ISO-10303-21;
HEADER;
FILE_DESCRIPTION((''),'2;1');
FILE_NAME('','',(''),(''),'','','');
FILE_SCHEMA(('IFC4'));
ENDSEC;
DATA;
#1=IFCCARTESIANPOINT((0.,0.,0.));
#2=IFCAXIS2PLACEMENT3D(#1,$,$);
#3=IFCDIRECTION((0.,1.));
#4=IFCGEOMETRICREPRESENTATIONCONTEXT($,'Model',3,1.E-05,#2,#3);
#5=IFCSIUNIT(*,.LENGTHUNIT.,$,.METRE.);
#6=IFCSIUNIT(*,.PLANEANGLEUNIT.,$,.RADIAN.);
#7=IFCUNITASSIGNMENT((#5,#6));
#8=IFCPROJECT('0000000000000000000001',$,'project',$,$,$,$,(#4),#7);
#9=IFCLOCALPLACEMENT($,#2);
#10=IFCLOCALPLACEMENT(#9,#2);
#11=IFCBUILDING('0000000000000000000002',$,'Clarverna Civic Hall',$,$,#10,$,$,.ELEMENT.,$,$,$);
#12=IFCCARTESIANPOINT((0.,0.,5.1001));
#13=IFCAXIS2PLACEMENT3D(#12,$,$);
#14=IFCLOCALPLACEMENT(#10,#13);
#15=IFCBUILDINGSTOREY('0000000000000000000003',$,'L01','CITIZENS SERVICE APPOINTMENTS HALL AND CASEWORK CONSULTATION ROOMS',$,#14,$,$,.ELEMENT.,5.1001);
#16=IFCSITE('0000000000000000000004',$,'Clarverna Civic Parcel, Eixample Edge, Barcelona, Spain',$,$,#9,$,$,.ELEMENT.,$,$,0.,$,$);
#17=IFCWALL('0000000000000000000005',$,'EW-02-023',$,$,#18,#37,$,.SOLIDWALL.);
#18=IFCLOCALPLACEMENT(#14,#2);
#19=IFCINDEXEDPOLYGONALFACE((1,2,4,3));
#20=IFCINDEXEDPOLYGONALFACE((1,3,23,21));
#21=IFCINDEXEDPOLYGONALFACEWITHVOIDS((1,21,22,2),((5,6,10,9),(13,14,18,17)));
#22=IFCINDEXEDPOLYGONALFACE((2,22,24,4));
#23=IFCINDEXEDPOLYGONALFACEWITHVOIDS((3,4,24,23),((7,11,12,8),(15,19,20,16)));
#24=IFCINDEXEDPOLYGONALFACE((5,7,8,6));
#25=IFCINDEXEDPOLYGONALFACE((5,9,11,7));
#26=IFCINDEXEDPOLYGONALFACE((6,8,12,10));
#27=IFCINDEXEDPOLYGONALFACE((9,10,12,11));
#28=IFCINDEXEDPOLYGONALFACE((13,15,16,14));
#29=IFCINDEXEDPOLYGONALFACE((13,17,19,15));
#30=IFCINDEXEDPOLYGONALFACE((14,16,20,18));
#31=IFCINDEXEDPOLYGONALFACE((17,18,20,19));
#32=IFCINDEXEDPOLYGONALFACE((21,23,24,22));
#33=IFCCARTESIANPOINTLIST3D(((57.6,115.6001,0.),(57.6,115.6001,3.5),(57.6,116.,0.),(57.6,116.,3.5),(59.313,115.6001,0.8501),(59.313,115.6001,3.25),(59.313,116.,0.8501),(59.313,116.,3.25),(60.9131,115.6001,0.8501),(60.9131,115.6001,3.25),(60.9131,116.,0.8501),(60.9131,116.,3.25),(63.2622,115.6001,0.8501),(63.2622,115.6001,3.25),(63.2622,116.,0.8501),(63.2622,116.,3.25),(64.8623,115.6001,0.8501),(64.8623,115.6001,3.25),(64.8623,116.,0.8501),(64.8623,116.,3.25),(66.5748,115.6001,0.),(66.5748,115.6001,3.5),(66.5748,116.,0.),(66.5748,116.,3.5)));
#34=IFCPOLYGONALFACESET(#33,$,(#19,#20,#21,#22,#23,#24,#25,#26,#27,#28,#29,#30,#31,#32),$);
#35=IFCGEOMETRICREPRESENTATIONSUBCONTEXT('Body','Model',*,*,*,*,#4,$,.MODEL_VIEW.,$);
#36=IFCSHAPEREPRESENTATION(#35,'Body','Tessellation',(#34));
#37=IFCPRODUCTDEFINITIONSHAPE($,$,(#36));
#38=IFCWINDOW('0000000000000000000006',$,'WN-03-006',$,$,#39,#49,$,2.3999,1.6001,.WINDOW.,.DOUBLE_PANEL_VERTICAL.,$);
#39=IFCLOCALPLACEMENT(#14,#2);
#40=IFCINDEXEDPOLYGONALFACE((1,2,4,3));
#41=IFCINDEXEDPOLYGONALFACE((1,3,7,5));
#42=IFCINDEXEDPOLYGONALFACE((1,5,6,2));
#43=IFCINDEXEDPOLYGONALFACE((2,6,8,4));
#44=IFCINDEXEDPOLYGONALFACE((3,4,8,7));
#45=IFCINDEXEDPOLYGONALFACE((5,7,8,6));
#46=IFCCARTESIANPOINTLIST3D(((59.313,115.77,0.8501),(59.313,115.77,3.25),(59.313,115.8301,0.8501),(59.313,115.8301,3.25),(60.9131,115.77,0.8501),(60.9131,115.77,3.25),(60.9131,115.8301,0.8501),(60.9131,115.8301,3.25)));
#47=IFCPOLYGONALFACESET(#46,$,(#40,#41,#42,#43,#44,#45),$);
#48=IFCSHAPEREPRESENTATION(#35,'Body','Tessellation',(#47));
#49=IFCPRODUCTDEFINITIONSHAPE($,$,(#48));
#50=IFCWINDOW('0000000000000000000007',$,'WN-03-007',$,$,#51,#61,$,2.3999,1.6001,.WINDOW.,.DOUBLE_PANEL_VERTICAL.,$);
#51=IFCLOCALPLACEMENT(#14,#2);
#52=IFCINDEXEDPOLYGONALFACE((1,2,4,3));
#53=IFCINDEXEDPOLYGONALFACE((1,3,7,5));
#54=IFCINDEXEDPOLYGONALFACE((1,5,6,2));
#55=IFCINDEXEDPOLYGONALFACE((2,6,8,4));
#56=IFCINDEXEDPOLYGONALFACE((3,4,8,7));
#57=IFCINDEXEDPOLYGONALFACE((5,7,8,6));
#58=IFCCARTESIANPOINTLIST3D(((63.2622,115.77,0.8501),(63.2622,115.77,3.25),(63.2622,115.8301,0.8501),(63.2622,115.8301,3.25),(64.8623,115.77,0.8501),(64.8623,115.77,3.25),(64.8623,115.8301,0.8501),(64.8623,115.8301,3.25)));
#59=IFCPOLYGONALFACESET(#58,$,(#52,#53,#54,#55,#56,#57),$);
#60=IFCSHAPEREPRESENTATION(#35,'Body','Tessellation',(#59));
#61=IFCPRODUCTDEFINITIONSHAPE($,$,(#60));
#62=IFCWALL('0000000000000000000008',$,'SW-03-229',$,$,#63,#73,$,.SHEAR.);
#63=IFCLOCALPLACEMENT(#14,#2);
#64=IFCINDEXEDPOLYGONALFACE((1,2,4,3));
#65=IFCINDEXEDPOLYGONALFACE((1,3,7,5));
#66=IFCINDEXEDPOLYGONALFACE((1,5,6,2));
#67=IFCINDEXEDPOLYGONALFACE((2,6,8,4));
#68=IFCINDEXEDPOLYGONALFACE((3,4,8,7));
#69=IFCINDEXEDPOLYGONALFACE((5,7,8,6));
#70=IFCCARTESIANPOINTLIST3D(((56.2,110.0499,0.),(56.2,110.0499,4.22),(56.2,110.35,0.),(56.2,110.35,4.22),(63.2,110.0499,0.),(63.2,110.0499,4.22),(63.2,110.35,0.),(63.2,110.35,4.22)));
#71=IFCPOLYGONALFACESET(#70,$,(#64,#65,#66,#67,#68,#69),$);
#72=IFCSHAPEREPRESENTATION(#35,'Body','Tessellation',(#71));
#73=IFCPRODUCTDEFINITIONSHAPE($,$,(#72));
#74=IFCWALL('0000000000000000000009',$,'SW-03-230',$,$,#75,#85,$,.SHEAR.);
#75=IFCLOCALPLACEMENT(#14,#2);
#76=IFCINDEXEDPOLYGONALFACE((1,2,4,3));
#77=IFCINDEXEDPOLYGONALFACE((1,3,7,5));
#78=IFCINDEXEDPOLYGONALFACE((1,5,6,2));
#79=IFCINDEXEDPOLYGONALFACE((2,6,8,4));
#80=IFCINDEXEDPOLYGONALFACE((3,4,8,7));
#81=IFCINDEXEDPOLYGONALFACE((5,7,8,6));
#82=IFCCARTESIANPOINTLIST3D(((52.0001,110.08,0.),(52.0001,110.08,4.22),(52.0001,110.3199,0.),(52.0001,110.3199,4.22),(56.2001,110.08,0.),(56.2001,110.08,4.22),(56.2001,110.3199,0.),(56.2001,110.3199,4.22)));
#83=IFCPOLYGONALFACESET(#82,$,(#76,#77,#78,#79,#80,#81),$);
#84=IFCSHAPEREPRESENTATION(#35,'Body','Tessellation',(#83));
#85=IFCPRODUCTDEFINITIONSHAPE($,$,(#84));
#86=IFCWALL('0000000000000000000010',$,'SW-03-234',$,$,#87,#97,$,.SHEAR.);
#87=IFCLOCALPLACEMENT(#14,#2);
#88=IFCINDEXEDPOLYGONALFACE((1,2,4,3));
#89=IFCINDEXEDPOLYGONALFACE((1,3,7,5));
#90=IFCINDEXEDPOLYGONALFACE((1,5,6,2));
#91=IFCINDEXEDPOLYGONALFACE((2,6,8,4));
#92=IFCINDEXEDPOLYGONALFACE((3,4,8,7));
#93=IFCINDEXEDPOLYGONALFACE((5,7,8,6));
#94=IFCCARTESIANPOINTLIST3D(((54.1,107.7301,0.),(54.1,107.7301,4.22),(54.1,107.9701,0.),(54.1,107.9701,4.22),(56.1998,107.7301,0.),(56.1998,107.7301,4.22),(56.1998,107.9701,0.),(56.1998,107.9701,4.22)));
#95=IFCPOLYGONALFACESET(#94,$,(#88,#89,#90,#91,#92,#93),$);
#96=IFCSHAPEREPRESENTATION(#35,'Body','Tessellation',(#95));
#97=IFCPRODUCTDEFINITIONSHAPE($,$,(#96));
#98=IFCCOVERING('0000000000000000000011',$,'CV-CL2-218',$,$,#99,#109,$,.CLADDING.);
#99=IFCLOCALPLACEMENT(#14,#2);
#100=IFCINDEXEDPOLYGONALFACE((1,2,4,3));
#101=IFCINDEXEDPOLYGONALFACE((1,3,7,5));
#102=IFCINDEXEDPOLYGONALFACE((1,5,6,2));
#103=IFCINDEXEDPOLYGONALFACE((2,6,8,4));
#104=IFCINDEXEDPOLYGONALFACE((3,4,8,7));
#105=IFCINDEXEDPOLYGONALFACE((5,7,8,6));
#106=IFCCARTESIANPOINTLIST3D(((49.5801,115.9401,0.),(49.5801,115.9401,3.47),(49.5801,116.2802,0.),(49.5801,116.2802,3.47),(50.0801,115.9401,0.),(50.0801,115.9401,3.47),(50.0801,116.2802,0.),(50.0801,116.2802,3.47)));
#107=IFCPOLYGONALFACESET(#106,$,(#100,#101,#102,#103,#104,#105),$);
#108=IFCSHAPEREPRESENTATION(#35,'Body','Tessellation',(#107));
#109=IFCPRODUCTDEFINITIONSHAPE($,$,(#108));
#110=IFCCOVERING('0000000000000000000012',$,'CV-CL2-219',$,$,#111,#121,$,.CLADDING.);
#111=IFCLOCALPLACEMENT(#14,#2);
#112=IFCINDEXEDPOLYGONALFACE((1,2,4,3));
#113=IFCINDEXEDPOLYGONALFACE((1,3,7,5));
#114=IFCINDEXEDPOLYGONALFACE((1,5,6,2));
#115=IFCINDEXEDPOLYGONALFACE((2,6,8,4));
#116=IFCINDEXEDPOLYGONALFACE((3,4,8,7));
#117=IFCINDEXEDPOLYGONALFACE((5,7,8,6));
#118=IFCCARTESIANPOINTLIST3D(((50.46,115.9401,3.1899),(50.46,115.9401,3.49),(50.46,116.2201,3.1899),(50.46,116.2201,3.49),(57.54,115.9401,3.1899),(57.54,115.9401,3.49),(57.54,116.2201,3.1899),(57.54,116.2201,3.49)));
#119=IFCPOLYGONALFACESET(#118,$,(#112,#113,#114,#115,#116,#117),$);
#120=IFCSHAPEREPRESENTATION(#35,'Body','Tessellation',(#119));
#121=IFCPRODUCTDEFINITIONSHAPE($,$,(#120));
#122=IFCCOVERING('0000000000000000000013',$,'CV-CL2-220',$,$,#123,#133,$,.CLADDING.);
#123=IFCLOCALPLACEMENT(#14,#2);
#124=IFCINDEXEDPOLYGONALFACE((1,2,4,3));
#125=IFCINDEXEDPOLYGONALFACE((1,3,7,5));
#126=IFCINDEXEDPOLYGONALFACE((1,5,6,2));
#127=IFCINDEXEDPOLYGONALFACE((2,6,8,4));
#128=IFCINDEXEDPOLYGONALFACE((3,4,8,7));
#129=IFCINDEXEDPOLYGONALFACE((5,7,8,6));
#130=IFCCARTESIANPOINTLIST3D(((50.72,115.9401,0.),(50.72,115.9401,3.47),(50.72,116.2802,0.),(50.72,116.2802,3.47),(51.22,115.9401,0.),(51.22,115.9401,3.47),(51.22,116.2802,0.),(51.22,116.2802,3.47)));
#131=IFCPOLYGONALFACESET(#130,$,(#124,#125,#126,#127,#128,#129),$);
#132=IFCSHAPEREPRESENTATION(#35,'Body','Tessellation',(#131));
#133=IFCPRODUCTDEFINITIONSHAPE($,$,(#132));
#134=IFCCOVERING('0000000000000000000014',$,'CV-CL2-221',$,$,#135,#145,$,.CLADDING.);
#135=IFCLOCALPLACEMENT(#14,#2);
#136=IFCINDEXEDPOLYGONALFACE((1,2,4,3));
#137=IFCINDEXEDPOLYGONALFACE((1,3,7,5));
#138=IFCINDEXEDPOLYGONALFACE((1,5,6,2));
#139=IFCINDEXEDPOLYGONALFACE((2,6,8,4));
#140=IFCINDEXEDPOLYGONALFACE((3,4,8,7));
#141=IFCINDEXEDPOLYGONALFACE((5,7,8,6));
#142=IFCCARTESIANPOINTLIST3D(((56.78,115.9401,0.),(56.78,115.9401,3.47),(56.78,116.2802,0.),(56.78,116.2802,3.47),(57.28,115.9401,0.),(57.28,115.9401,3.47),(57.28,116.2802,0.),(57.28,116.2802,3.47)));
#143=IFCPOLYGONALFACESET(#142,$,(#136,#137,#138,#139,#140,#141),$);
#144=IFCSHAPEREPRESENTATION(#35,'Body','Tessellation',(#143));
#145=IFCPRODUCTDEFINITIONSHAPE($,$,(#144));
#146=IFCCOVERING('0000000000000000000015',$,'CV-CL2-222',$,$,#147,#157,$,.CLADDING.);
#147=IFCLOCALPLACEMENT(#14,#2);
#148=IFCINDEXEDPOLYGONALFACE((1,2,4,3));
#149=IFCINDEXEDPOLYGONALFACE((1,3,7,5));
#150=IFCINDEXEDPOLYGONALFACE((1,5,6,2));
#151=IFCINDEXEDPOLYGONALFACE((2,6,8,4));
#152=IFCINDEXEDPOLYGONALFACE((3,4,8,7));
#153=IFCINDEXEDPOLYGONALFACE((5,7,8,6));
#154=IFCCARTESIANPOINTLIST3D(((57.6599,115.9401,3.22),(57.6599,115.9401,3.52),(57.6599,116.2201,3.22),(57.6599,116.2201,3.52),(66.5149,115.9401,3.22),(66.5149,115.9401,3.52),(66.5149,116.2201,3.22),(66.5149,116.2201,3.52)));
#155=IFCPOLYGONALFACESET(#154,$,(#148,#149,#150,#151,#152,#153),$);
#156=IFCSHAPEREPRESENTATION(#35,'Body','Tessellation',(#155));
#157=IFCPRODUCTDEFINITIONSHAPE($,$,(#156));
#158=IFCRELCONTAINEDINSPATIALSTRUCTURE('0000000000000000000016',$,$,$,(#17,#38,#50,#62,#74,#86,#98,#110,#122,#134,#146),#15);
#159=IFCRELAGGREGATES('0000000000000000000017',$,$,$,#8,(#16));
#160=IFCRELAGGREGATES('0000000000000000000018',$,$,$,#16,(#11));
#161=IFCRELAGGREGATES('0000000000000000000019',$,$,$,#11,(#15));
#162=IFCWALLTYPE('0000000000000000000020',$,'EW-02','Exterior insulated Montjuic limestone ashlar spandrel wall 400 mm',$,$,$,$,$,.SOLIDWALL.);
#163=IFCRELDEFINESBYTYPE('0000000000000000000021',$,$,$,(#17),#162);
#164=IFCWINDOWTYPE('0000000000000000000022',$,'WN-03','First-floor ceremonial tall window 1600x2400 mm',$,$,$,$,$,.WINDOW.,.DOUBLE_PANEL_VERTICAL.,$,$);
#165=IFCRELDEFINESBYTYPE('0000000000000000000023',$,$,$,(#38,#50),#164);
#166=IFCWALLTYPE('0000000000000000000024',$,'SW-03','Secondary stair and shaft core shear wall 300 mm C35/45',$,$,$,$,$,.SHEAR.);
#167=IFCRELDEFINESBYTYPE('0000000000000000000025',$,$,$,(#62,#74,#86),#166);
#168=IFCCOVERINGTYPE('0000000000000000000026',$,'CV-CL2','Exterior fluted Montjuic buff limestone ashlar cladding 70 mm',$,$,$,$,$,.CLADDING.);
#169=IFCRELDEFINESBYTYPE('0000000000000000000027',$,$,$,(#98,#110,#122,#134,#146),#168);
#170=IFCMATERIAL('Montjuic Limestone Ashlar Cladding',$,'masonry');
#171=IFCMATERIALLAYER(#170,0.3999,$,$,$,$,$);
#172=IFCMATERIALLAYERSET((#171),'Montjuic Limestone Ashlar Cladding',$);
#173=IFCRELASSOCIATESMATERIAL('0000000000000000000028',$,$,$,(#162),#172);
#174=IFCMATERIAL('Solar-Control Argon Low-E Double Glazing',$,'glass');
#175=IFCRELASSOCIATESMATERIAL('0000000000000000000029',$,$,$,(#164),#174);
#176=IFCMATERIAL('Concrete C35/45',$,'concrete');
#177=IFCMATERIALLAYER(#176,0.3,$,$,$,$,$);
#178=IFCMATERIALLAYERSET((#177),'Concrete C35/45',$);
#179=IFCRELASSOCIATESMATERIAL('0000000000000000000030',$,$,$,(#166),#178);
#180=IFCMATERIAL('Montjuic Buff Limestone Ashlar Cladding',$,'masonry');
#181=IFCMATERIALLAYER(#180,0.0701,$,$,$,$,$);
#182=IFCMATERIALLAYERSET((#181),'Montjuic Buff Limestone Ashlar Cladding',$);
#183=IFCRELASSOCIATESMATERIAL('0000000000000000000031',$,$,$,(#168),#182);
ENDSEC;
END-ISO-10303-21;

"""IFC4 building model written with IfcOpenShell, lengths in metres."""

from ifc_helpers import new_model, si_unit, direction, frame, frame_2d, origin, place, context, subcontext, project, spatial, rectangle, extrude, material, layer, layer_set, type_object, element, fill, save


model = new_model("IFC4")

# Units and contexts
model_context = context("Model", 3, precision=1e-05, world=origin(), true_north=direction((0.0, 1.0)))
body_context = subcontext(model_context, "Body", "Model", "MODEL_VIEW")
ifc_project = project(units=[si_unit("LENGTHUNIT", "METRE"), si_unit("PLANEANGLEUNIT", "RADIAN")], contexts=[model_context])

# Site, building, storey
site_placement = place(None, origin())
site = spatial("IfcSite", under=ifc_project, at=site_placement, Name="Clarverna Civic Parcel, Eixample Edge, Barcelona, Spain", CompositionType="ELEMENT", RefElevation=0.0)
building_placement = place(site_placement, origin())
building = spatial("IfcBuilding", under=site, at=building_placement, Name="Clarverna Civic Hall", CompositionType="ELEMENT")
storey_placement = place(building_placement, frame((0.0, 0.0, 5.1001)))
storey = spatial("IfcBuildingStorey", under=building, at=storey_placement, Name="L01", Description="CITIZENS SERVICE APPOINTMENTS HALL AND CASEWORK CONSULTATION ROOMS", CompositionType="ELEMENT", Elevation=5.1001)

# Shared definitions
ifc_material_1 = material(Name="Concrete C35/45", Category="concrete")

# Wall, openings, windows
ifc_material_2 = material(Name="Montjuic Limestone Ashlar Cladding", Category="masonry")
ifc_layer_1 = layer(ifc_material_2, 0.3999)
ifc_layer_set_1 = layer_set([ifc_layer_1], Name="Montjuic Limestone Ashlar Cladding")
wall_type_1 = type_object("IfcWallType", Name="EW-02", Description="Exterior insulated Montjuic limestone ashlar spandrel wall 400 mm", PredefinedType="SOLIDWALL", material=ifc_layer_set_1)
ifc_material_3 = material(Name="Solar-Control Argon Low-E Double Glazing", Category="glass")
wall_1_placement = place(storey_placement, frame((57.6001, 115.8, 0.0), z_axis=(0.0, 0.0, 1.0), x_axis=(1.0, 0.0, 0.0)))
wall_1 = element("IfcWall", 1, at=wall_1_placement, inside=storey, type_object=wall_type_1, Name="EW-02-023", PredefinedType="SOLIDWALL", context=body_context, shape_type="SweptSolid", body=[
    extrude(rectangle(XDim=8.9749, YDim=0.3999, at=frame_2d((4.4873, 0.0))), origin(), (0.0, 0.0, 1.0), 3.5),
])
opening_1_placement = place(wall_1_placement, frame((1.7129, 0.0, 0.8501)))
opening_1 = element("IfcOpeningElement", 2, at=opening_1_placement, cuts=wall_1, PredefinedType="OPENING", context=body_context, shape_type="SweptSolid", body=[
    extrude(rectangle(XDim=1.6001, YDim=2.3999, at=frame_2d((0.8, 1.2))), frame((0.0, 0.21, 0.0), z_axis=(0.0, -1.0, 0.0), x_axis=(1.0, 0.0, 0.0)), (0.0, 0.0, 1.0), 0.4199),
])
opening_2_placement = place(wall_1_placement, frame((5.6621, 0.0, 0.8501)))
opening_2 = element("IfcOpeningElement", 3, at=opening_2_placement, cuts=wall_1, PredefinedType="OPENING", context=body_context, shape_type="SweptSolid", body=[
    extrude(rectangle(XDim=1.6001, YDim=2.3999, at=frame_2d((0.8, 1.2))), frame((0.0, 0.21, 0.0), z_axis=(0.0, -1.0, 0.0), x_axis=(1.0, 0.0, 0.0)), (0.0, 0.0, 1.0), 0.4199),
])
window_type_1 = type_object("IfcWindowType", Name="WN-03", Description="First-floor ceremonial tall window 1600x2400 mm", PartitioningType="DOUBLE_PANEL_VERTICAL", PredefinedType="WINDOW", material=ifc_material_3)
window_1_placement = place(opening_1_placement, origin())
window_1 = element("IfcWindow", 4, at=window_1_placement, inside=storey, type_object=window_type_1, Name="WN-03-006", OverallHeight=2.3999, OverallWidth=1.6001, PartitioningType="DOUBLE_PANEL_VERTICAL", PredefinedType="WINDOW", context=body_context, shape_type="SweptSolid", body=[
    extrude(rectangle(XDim=1.6001, YDim=2.3999, at=frame_2d((0.8, 1.2))), frame((0.0, 0.03, 0.0), z_axis=(0.0, -1.0, 0.0), x_axis=(1.0, 0.0, 0.0)), (0.0, 0.0, 1.0), 0.0601),
])
fill(opening_1, window_1)
window_2_placement = place(opening_2_placement, origin())
window_2 = element("IfcWindow", 5, at=window_2_placement, inside=storey, type_object=window_type_1, Name="WN-03-007", OverallHeight=2.3999, OverallWidth=1.6001, PartitioningType="DOUBLE_PANEL_VERTICAL", PredefinedType="WINDOW", context=body_context, shape_type="SweptSolid", body=[
    extrude(rectangle(XDim=1.6001, YDim=2.3999, at=frame_2d((0.8, 1.2))), frame((0.0, 0.03, 0.0), z_axis=(0.0, -1.0, 0.0), x_axis=(1.0, 0.0, 0.0)), (0.0, 0.0, 1.0), 0.0601),
])
fill(opening_2, window_2)

# Walls
ifc_layer_2 = layer(ifc_material_1, 0.3)
ifc_layer_set_2 = layer_set([ifc_layer_2], Name="Concrete C35/45")
wall_type_2 = type_object("IfcWallType", Name="SW-03", Description="Secondary stair and shaft core shear wall 300 mm C35/45", PredefinedType="SHEAR", material=ifc_layer_set_2)
wall_2_placement = place(storey_placement, frame((56.2, 110.2, 0.0), z_axis=(0.0, 0.0, 1.0), x_axis=(1.0, 0.0, 0.0)))
element("IfcWall", 6, at=wall_2_placement, inside=storey, type_object=wall_type_2, Name="SW-03-229", PredefinedType="SHEAR", context=body_context, shape_type="SweptSolid", body=[
    extrude(rectangle(XDim=7.0, YDim=0.3, at=frame_2d((3.5, 0.0))), origin(), (0.0, 0.0, 1.0), 4.22),
])
wall_3_placement = place(storey_placement, frame((52.0, 110.2, 0.0), z_axis=(0.0, 0.0, 1.0), x_axis=(1.0, 0.0, 0.0)))
element("IfcWall", 7, at=wall_3_placement, inside=storey, type_object=wall_type_2, Name="SW-03-230", PredefinedType="SHEAR", context=body_context, shape_type="SweptSolid", body=[
    extrude(rectangle(XDim=4.2, YDim=0.24, at=frame_2d((2.1001, 0.0))), origin(), (0.0, 0.0, 1.0), 4.22),
])
wall_4_placement = place(storey_placement, frame((54.1001, 107.8501, 0.0), z_axis=(0.0, 0.0, 1.0), x_axis=(1.0, 0.0, 0.0)))
element("IfcWall", 8, at=wall_4_placement, inside=storey, type_object=wall_type_2, Name="SW-03-234", PredefinedType="SHEAR", context=body_context, shape_type="SweptSolid", body=[
    extrude(rectangle(XDim=2.0999, YDim=0.24, at=frame_2d((1.0498, 0.0))), origin(), (0.0, 0.0, 1.0), 4.22),
])

# Coverings
ifc_material_4 = material(Name="Montjuic Buff Limestone Ashlar Cladding", Category="masonry")
ifc_layer_3 = layer(ifc_material_4, 0.0701)
ifc_layer_set_3 = layer_set([ifc_layer_3], Name="Montjuic Buff Limestone Ashlar Cladding")
covering_type = type_object("IfcCoveringType", Name="CV-CL2", Description="Exterior fluted Montjuic buff limestone ashlar cladding 70 mm", PredefinedType="CLADDING", material=ifc_layer_set_3)
covering_1_placement = place(storey_placement, frame((49.5801, 116.1101, 0.0), z_axis=(0.0, 0.0, 1.0), x_axis=(1.0, 0.0, 0.0)))
element("IfcCovering", 9, at=covering_1_placement, inside=storey, type_object=covering_type, Name="CV-CL2-218", PredefinedType="CLADDING", context=body_context, shape_type="SweptSolid", body=[
    extrude(rectangle(XDim=0.5, YDim=0.3401, at=frame_2d((0.25, 0.0))), origin(), (0.0, 0.0, 1.0), 3.47),
])
covering_2_placement = place(storey_placement, frame((50.46, 116.0801, 3.1899), z_axis=(0.0, 0.0, 1.0), x_axis=(1.0, 0.0, 0.0)))
element("IfcCovering", 10, at=covering_2_placement, inside=storey, type_object=covering_type, Name="CV-CL2-219", PredefinedType="CLADDING", context=body_context, shape_type="SweptSolid", body=[
    extrude(rectangle(XDim=7.0801, YDim=0.28, at=frame_2d((3.54, 0.0))), origin(), (0.0, 0.0, 1.0), 0.3),
])
for number, where, z_axis, x_axis, name in (
    (11, (50.72, 116.1101, 0.0), (0.0, 0.0, 1.0), (1.0, 0.0, 0.0), "CV-CL2-220"),
    (12, (56.78, 116.1101, 0.0), (0.0, 0.0, 1.0), (1.0, 0.0, 0.0), "CV-CL2-221"),
):
    element("IfcCovering", number, at=place(storey_placement, frame(where, z_axis=z_axis, x_axis=x_axis)), inside=storey, type_object=covering_type, Name=name, PredefinedType="CLADDING", context=body_context, shape_type="SweptSolid", body=[
        extrude(rectangle(XDim=0.5, YDim=0.3401, at=frame_2d((0.25, 0.0))), origin(), (0.0, 0.0, 1.0), 3.47),
    ])
covering_3_placement = place(storey_placement, frame((57.6599, 116.0801, 3.22), z_axis=(0.0, 0.0, 1.0), x_axis=(1.0, 0.0, 0.0)))
element("IfcCovering", 13, at=covering_3_placement, inside=storey, type_object=covering_type, Name="CV-CL2-222", PredefinedType="CLADDING", context=body_context, shape_type="SweptSolid", body=[
    extrude(rectangle(XDim=8.855, YDim=0.28, at=frame_2d((4.4275, 0.0))), origin(), (0.0, 0.0, 1.0), 0.3),
])

save(model, "model.ifc")
